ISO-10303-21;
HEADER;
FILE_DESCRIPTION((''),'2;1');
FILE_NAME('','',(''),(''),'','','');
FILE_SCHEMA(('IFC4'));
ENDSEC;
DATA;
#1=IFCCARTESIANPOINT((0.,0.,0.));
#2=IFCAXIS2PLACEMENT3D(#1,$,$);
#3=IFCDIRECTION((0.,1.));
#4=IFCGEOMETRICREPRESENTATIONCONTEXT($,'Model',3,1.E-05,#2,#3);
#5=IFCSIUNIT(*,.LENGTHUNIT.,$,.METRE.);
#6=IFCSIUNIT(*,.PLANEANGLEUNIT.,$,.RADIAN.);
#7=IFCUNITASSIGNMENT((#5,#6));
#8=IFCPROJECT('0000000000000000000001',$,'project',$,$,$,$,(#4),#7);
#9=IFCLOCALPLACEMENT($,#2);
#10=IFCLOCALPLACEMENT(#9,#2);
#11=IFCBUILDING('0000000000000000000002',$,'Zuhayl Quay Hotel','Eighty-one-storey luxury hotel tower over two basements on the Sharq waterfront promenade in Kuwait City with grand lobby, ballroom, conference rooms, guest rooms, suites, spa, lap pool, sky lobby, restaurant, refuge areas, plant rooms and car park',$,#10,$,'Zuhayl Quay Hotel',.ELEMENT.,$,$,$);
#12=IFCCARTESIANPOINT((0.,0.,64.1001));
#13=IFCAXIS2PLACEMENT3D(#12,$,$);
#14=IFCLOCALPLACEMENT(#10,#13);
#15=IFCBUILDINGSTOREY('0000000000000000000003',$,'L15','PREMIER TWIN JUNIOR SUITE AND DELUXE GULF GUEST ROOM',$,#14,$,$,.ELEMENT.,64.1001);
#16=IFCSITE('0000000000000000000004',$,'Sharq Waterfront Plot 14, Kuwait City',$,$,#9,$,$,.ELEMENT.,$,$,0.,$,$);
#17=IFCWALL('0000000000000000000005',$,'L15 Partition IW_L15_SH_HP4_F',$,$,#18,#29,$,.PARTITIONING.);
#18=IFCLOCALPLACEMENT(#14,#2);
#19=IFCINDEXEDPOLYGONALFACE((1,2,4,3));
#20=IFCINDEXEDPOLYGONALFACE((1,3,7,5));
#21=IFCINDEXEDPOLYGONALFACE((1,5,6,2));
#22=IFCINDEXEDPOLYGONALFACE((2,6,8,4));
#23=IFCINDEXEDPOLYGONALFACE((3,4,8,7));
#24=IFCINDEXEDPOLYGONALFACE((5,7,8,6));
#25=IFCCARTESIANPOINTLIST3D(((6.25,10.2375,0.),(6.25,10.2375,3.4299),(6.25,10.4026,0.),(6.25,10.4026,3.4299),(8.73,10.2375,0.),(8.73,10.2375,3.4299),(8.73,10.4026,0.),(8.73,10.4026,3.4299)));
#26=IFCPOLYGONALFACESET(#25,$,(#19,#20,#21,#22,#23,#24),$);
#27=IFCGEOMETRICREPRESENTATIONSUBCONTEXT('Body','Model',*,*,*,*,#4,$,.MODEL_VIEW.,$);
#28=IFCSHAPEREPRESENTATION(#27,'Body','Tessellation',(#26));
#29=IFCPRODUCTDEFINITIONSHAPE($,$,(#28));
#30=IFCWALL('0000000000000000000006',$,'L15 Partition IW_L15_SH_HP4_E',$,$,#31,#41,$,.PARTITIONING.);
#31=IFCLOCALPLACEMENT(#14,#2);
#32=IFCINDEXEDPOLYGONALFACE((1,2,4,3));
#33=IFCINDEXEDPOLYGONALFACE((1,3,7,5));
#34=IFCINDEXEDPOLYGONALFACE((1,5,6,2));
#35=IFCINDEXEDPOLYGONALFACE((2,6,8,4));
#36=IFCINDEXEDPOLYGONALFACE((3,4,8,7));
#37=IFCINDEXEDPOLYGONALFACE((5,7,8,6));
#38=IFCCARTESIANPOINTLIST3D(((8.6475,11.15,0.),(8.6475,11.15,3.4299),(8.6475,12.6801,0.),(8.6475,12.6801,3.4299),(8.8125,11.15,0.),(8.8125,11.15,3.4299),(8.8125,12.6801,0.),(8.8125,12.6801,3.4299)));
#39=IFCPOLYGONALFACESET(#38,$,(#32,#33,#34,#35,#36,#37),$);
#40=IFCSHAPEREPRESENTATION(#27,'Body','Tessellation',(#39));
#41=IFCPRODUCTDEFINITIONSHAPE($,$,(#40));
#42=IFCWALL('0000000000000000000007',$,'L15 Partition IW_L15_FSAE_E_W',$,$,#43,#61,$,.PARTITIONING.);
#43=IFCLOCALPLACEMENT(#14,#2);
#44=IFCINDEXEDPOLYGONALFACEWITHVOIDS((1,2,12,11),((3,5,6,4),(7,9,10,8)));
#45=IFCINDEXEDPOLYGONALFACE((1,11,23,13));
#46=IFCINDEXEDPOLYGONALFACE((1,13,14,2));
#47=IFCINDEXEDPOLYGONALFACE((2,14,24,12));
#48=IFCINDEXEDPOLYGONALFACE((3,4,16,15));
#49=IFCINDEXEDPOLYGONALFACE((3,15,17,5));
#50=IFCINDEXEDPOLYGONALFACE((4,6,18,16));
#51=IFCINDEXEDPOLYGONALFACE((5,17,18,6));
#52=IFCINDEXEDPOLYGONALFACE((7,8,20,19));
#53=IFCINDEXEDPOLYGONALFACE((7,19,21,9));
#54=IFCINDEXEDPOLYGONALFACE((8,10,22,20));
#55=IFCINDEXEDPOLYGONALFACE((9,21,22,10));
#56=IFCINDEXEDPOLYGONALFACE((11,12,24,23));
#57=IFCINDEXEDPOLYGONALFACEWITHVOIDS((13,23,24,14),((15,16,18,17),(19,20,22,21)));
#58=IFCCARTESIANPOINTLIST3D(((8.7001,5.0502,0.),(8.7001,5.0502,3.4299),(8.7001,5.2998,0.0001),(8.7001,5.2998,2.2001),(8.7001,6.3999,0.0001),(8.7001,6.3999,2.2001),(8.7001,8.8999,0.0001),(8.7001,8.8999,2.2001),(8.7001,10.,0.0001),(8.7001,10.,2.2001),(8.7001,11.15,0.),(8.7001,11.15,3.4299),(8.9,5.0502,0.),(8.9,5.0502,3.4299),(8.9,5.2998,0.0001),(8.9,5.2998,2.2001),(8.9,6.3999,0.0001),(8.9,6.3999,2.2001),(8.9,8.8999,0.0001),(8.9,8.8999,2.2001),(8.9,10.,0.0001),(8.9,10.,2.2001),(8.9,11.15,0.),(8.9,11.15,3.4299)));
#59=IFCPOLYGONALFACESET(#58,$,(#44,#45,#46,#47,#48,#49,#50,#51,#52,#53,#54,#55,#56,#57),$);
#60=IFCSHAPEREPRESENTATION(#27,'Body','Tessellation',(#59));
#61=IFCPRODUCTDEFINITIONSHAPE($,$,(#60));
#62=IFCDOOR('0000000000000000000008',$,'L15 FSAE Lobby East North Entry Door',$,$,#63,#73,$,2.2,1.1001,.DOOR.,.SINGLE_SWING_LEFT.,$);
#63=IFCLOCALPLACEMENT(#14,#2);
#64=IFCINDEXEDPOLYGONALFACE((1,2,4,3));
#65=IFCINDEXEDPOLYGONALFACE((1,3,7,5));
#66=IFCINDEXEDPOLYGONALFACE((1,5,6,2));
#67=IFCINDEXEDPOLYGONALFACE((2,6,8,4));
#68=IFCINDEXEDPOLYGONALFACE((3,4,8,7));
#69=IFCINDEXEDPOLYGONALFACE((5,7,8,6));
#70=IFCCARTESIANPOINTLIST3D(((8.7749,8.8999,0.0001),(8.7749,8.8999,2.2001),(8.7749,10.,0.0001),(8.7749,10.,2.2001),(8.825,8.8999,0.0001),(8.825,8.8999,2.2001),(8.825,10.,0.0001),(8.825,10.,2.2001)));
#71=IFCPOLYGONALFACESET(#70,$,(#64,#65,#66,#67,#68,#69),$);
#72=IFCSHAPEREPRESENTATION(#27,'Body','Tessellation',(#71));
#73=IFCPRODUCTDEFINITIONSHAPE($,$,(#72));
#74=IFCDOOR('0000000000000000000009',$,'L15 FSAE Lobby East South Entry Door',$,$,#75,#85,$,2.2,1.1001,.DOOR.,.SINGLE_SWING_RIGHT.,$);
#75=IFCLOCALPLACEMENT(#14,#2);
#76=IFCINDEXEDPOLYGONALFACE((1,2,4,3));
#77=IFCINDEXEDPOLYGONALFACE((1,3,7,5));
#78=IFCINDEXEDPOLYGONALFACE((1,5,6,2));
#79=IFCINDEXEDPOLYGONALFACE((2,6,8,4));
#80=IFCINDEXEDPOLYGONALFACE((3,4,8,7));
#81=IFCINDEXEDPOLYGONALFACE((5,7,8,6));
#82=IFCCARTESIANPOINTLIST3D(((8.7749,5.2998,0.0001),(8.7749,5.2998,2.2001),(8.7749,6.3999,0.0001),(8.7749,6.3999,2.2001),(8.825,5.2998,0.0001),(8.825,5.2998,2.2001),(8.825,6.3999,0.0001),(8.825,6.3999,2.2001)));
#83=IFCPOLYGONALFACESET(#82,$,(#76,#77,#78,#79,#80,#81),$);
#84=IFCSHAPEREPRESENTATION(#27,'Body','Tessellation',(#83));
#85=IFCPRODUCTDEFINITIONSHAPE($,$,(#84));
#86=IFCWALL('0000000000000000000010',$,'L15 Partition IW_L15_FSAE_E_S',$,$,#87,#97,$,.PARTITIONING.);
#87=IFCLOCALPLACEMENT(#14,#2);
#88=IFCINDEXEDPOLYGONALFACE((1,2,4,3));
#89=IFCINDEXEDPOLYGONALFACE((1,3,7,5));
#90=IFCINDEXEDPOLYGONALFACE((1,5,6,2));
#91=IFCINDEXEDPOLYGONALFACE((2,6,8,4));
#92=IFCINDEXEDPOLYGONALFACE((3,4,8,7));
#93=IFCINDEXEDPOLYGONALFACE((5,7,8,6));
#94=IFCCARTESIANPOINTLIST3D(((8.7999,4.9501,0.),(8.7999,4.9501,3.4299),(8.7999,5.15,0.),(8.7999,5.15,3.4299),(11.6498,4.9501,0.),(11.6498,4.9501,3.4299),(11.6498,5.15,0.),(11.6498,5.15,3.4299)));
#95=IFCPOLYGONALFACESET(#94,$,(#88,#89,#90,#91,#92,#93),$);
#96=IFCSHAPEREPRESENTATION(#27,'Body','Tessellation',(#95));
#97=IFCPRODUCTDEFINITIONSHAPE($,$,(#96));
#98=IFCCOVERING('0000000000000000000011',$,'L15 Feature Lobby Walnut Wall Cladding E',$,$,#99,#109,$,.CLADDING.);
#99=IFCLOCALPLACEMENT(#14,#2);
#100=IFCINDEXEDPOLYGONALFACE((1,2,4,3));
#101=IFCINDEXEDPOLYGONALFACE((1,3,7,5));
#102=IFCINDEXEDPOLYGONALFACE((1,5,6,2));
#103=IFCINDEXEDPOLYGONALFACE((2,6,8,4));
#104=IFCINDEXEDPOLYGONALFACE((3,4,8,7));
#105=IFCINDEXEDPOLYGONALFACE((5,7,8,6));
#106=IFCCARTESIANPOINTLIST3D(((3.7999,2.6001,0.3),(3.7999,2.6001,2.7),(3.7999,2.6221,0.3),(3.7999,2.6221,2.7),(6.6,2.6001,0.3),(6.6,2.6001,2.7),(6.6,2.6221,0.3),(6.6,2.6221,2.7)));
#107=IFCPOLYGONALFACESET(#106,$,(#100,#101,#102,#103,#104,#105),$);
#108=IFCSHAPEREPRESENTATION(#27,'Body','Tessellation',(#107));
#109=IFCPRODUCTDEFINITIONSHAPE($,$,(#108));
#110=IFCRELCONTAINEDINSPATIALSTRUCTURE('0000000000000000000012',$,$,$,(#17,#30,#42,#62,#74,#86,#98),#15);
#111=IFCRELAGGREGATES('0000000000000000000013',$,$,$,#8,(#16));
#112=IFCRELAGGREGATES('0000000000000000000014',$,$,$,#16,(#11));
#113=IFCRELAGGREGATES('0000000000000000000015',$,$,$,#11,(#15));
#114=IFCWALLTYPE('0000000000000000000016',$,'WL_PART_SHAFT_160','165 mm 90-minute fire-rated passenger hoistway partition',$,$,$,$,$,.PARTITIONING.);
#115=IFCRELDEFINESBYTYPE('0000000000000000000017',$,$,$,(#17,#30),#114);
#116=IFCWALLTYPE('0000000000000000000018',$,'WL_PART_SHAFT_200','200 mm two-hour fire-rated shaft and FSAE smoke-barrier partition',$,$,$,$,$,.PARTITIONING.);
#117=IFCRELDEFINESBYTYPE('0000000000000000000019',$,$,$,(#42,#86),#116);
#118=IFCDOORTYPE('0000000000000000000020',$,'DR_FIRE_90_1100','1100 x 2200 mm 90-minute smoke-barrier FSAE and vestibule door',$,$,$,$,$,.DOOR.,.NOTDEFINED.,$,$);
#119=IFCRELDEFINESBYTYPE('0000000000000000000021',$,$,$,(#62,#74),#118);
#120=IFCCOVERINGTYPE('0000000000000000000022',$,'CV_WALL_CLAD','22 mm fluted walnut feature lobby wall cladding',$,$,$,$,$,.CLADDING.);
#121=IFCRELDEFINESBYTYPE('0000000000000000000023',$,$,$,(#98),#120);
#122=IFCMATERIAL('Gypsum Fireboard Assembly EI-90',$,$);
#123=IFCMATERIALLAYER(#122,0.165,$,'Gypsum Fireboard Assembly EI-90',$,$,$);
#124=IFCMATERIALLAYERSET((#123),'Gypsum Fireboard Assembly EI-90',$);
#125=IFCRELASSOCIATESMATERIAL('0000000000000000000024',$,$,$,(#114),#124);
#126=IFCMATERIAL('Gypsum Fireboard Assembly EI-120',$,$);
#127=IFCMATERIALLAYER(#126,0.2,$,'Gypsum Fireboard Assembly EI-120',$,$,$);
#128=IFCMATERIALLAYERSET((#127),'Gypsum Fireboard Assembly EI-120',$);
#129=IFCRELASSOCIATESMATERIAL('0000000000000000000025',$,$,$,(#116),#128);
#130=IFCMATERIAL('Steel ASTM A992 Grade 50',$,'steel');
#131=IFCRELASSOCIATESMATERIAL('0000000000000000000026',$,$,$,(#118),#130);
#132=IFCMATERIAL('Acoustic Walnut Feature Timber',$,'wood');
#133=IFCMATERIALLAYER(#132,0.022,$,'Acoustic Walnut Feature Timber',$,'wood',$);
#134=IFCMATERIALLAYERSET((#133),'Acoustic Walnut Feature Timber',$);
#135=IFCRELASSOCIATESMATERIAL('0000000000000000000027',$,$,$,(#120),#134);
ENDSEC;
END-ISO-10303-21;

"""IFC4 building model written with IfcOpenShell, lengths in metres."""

from ifc_helpers import new_model, si_unit, direction, frame, frame_2d, origin, origin_2d, place, context, subcontext, project, spatial, rectangle, extrude, material, layer, layer_set, type_object, element, fill, save


model = new_model("IFC4")

# Units and contexts
model_context = context("Model", 3, precision=1e-05, world=origin(), true_north=direction((0.0, 1.0)))
body_context = subcontext(model_context, "Body", "Model", "MODEL_VIEW")
ifc_project = project(units=[si_unit("LENGTHUNIT", "METRE"), si_unit("PLANEANGLEUNIT", "RADIAN")], contexts=[model_context])

# Site, building, storey
site_placement = place(None, origin())
site = spatial("IfcSite", under=ifc_project, at=site_placement, Name="Sharq Waterfront Plot 14, Kuwait City", CompositionType="ELEMENT", RefElevation=0.0)
building_placement = place(site_placement, origin())
building = spatial("IfcBuilding", under=site, at=building_placement, Name="Zuhayl Quay Hotel", Description="Eighty-one-storey luxury hotel tower over two basements on the Sharq waterfront promenade in Kuwait City with grand lobby, ballroom, conference rooms, guest rooms, suites, spa, lap pool, sky lobby, restaurant, refuge areas, plant rooms and car park", LongName="Zuhayl Quay Hotel", CompositionType="ELEMENT")
storey_placement = place(building_placement, frame((0.0, 0.0, 64.1001)))
storey = spatial("IfcBuildingStorey", under=building, at=storey_placement, Name="L15", Description="PREMIER TWIN JUNIOR SUITE AND DELUXE GULF GUEST ROOM", CompositionType="ELEMENT", Elevation=64.1001)

# Shared definitions
ifc_material_1 = material(Name="Steel ASTM A992 Grade 50", Category="steel")

# Shared definitions
ifc_material_2 = material(Name="Gypsum Fireboard Assembly EI-90")
ifc_layer_1 = layer(ifc_material_2, 0.165, Name="Gypsum Fireboard Assembly EI-90")
ifc_layer_set_1 = layer_set([ifc_layer_1], Name="Gypsum Fireboard Assembly EI-90")
wall_type_1 = type_object("IfcWallType", Name="WL_PART_SHAFT_160", Description="165 mm 90-minute fire-rated passenger hoistway partition", PredefinedType="PARTITIONING", material=ifc_layer_set_1)

# Walls
wall_1_placement = place(storey_placement, frame((6.25, 10.3201, 0.0), z_axis=(0.0, 0.0, 1.0), x_axis=(1.0, 0.0, 0.0)))
element("IfcWall", 1, at=wall_1_placement, inside=storey, type_object=wall_type_1, Name="L15 Partition IW_L15_SH_HP4_F", PredefinedType="PARTITIONING", context=body_context, shape_type="SweptSolid", body=[
    extrude(rectangle(XDim=2.48, YDim=0.165, at=frame_2d((1.24, 0.0))), origin(), (0.0, 0.0, 1.0), 3.4299),
])
wall_2_placement = place(storey_placement, frame((8.73, 11.1499, 0.0), z_axis=(0.0, 0.0, 1.0), x_axis=(0.0, 1.0, 0.0)))
element("IfcWall", 2, at=wall_2_placement, inside=storey, type_object=wall_type_1, Name="L15 Partition IW_L15_SH_HP4_E", PredefinedType="PARTITIONING", context=body_context, shape_type="SweptSolid", body=[
    extrude(rectangle(XDim=1.53, YDim=0.165, at=frame_2d((0.7651, 0.0))), origin(), (0.0, 0.0, 1.0), 3.4299),
])

# Wall, openings, doors
ifc_material_3 = material(Name="Gypsum Fireboard Assembly EI-120")
ifc_layer_2 = layer(ifc_material_3, 0.2, Name="Gypsum Fireboard Assembly EI-120")
ifc_layer_set_2 = layer_set([ifc_layer_2], Name="Gypsum Fireboard Assembly EI-120")
wall_type_2 = type_object("IfcWallType", Name="WL_PART_SHAFT_200", Description="200 mm two-hour fire-rated shaft and FSAE smoke-barrier partition", PredefinedType="PARTITIONING", material=ifc_layer_set_2)
wall_3_placement = place(storey_placement, frame((8.8, 11.1499, 0.0), z_axis=(0.0, 0.0, 1.0), x_axis=(0.0, -1.0, 0.0)))
wall_3 = element("IfcWall", 3, at=wall_3_placement, inside=storey, type_object=wall_type_2, Name="L15 Partition IW_L15_FSAE_E_W", PredefinedType="PARTITIONING", context=body_context, shape_type="SweptSolid", body=[
    extrude(rectangle(XDim=6.0999, YDim=0.2, at=frame_2d((3.0498, 0.0))), origin(), (0.0, 0.0, 1.0), 3.4299),
])
opening_1_placement = place(wall_3_placement, frame((1.1499, 0.0, 0.0)))
opening_1 = element("IfcOpeningElement", 4, at=opening_1_placement, cuts=wall_3, PredefinedType="OPENING", context=body_context, shape_type="SweptSolid", body=[
    extrude(rectangle(XDim=1.1001, YDim=2.2, at=frame_2d((0.55, 1.1001))), frame((0.0, 0.1099, 0.0), z_axis=(0.0, -1.0, 0.0), x_axis=(1.0, 0.0, 0.0)), (0.0, 0.0, 1.0), 0.22),
])
opening_2_placement = place(wall_3_placement, frame((4.75, 0.0, 0.0)))
opening_2 = element("IfcOpeningElement", 5, at=opening_2_placement, cuts=wall_3, PredefinedType="OPENING", context=body_context, shape_type="SweptSolid", body=[
    extrude(rectangle(XDim=1.1001, YDim=2.2, at=frame_2d((0.55, 1.1001))), frame((0.0, 0.1099, 0.0), z_axis=(0.0, -1.0, 0.0), x_axis=(1.0, 0.0, 0.0)), (0.0, 0.0, 1.0), 0.22),
])
door_type_1 = type_object("IfcDoorType", Name="DR_FIRE_90_1100", Description="1100 x 2200 mm 90-minute smoke-barrier FSAE and vestibule door", OperationType="NOTDEFINED", PredefinedType="DOOR", material=ifc_material_1)
door_1_placement = place(opening_1_placement, origin())
door_1 = element("IfcDoor", 6, at=door_1_placement, inside=storey, type_object=door_type_1, Name="L15 FSAE Lobby East North Entry Door", OperationType="SINGLE_SWING_LEFT", OverallHeight=2.2, OverallWidth=1.1001, PredefinedType="DOOR", context=body_context, shape_type="SweptSolid", body=[
    extrude(rectangle(XDim=1.1001, YDim=2.2, at=frame_2d((0.55, 1.1001))), frame((0.0, 0.0249, 0.0), z_axis=(0.0, -1.0, 0.0), x_axis=(1.0, 0.0, 0.0)), (0.0, 0.0, 1.0), 0.05),
])
fill(opening_1, door_1)
door_2_placement = place(opening_2_placement, origin())
door_2 = element("IfcDoor", 7, at=door_2_placement, inside=storey, type_object=door_type_1, Name="L15 FSAE Lobby East South Entry Door", OperationType="SINGLE_SWING_RIGHT", OverallHeight=2.2, OverallWidth=1.1001, PredefinedType="DOOR", context=body_context, shape_type="SweptSolid", body=[
    extrude(rectangle(XDim=1.1001, YDim=2.2, at=frame_2d((0.55, 1.1001))), frame((0.0, 0.0249, 0.0), z_axis=(0.0, -1.0, 0.0), x_axis=(1.0, 0.0, 0.0)), (0.0, 0.0, 1.0), 0.05),
])
fill(opening_2, door_2)

# Wall
wall_4_placement = place(storey_placement, frame((8.8, 5.05, 0.0), z_axis=(0.0, 0.0, 1.0), x_axis=(1.0, 0.0, 0.0)))
element("IfcWall", 8, at=wall_4_placement, inside=storey, type_object=wall_type_2, Name="L15 Partition IW_L15_FSAE_E_S", PredefinedType="PARTITIONING", context=body_context, shape_type="SweptSolid", body=[
    extrude(rectangle(XDim=2.8499, YDim=0.2, at=frame_2d((1.4248, 0.0))), origin(), (0.0, 0.0, 1.0), 3.4299),
])

# Covering
ifc_material_4 = material(Name="Acoustic Walnut Feature Timber", Category="wood")
ifc_layer_3 = layer(ifc_material_4, 0.022, Name="Acoustic Walnut Feature Timber", Category="wood")
ifc_layer_set_3 = layer_set([ifc_layer_3], Name="Acoustic Walnut Feature Timber")
covering_type = type_object("IfcCoveringType", Name="CV_WALL_CLAD", Description="22 mm fluted walnut feature lobby wall cladding", PredefinedType="CLADDING", material=ifc_layer_set_3)
covering_placement = place(storey_placement, frame((5.2, 2.6111, 0.3), z_axis=(0.0, 0.0, 1.0), x_axis=(1.0, 0.0, 0.0)))
element("IfcCovering", 9, at=covering_placement, inside=storey, type_object=covering_type, Name="L15 Feature Lobby Walnut Wall Cladding E", PredefinedType="CLADDING", context=body_context, shape_type="SweptSolid", body=[
    extrude(rectangle(XDim=2.8, YDim=0.022, at=origin_2d()), origin(), (0.0, 0.0, 1.0), 2.3999),
])

save(model, "model.ifc")
